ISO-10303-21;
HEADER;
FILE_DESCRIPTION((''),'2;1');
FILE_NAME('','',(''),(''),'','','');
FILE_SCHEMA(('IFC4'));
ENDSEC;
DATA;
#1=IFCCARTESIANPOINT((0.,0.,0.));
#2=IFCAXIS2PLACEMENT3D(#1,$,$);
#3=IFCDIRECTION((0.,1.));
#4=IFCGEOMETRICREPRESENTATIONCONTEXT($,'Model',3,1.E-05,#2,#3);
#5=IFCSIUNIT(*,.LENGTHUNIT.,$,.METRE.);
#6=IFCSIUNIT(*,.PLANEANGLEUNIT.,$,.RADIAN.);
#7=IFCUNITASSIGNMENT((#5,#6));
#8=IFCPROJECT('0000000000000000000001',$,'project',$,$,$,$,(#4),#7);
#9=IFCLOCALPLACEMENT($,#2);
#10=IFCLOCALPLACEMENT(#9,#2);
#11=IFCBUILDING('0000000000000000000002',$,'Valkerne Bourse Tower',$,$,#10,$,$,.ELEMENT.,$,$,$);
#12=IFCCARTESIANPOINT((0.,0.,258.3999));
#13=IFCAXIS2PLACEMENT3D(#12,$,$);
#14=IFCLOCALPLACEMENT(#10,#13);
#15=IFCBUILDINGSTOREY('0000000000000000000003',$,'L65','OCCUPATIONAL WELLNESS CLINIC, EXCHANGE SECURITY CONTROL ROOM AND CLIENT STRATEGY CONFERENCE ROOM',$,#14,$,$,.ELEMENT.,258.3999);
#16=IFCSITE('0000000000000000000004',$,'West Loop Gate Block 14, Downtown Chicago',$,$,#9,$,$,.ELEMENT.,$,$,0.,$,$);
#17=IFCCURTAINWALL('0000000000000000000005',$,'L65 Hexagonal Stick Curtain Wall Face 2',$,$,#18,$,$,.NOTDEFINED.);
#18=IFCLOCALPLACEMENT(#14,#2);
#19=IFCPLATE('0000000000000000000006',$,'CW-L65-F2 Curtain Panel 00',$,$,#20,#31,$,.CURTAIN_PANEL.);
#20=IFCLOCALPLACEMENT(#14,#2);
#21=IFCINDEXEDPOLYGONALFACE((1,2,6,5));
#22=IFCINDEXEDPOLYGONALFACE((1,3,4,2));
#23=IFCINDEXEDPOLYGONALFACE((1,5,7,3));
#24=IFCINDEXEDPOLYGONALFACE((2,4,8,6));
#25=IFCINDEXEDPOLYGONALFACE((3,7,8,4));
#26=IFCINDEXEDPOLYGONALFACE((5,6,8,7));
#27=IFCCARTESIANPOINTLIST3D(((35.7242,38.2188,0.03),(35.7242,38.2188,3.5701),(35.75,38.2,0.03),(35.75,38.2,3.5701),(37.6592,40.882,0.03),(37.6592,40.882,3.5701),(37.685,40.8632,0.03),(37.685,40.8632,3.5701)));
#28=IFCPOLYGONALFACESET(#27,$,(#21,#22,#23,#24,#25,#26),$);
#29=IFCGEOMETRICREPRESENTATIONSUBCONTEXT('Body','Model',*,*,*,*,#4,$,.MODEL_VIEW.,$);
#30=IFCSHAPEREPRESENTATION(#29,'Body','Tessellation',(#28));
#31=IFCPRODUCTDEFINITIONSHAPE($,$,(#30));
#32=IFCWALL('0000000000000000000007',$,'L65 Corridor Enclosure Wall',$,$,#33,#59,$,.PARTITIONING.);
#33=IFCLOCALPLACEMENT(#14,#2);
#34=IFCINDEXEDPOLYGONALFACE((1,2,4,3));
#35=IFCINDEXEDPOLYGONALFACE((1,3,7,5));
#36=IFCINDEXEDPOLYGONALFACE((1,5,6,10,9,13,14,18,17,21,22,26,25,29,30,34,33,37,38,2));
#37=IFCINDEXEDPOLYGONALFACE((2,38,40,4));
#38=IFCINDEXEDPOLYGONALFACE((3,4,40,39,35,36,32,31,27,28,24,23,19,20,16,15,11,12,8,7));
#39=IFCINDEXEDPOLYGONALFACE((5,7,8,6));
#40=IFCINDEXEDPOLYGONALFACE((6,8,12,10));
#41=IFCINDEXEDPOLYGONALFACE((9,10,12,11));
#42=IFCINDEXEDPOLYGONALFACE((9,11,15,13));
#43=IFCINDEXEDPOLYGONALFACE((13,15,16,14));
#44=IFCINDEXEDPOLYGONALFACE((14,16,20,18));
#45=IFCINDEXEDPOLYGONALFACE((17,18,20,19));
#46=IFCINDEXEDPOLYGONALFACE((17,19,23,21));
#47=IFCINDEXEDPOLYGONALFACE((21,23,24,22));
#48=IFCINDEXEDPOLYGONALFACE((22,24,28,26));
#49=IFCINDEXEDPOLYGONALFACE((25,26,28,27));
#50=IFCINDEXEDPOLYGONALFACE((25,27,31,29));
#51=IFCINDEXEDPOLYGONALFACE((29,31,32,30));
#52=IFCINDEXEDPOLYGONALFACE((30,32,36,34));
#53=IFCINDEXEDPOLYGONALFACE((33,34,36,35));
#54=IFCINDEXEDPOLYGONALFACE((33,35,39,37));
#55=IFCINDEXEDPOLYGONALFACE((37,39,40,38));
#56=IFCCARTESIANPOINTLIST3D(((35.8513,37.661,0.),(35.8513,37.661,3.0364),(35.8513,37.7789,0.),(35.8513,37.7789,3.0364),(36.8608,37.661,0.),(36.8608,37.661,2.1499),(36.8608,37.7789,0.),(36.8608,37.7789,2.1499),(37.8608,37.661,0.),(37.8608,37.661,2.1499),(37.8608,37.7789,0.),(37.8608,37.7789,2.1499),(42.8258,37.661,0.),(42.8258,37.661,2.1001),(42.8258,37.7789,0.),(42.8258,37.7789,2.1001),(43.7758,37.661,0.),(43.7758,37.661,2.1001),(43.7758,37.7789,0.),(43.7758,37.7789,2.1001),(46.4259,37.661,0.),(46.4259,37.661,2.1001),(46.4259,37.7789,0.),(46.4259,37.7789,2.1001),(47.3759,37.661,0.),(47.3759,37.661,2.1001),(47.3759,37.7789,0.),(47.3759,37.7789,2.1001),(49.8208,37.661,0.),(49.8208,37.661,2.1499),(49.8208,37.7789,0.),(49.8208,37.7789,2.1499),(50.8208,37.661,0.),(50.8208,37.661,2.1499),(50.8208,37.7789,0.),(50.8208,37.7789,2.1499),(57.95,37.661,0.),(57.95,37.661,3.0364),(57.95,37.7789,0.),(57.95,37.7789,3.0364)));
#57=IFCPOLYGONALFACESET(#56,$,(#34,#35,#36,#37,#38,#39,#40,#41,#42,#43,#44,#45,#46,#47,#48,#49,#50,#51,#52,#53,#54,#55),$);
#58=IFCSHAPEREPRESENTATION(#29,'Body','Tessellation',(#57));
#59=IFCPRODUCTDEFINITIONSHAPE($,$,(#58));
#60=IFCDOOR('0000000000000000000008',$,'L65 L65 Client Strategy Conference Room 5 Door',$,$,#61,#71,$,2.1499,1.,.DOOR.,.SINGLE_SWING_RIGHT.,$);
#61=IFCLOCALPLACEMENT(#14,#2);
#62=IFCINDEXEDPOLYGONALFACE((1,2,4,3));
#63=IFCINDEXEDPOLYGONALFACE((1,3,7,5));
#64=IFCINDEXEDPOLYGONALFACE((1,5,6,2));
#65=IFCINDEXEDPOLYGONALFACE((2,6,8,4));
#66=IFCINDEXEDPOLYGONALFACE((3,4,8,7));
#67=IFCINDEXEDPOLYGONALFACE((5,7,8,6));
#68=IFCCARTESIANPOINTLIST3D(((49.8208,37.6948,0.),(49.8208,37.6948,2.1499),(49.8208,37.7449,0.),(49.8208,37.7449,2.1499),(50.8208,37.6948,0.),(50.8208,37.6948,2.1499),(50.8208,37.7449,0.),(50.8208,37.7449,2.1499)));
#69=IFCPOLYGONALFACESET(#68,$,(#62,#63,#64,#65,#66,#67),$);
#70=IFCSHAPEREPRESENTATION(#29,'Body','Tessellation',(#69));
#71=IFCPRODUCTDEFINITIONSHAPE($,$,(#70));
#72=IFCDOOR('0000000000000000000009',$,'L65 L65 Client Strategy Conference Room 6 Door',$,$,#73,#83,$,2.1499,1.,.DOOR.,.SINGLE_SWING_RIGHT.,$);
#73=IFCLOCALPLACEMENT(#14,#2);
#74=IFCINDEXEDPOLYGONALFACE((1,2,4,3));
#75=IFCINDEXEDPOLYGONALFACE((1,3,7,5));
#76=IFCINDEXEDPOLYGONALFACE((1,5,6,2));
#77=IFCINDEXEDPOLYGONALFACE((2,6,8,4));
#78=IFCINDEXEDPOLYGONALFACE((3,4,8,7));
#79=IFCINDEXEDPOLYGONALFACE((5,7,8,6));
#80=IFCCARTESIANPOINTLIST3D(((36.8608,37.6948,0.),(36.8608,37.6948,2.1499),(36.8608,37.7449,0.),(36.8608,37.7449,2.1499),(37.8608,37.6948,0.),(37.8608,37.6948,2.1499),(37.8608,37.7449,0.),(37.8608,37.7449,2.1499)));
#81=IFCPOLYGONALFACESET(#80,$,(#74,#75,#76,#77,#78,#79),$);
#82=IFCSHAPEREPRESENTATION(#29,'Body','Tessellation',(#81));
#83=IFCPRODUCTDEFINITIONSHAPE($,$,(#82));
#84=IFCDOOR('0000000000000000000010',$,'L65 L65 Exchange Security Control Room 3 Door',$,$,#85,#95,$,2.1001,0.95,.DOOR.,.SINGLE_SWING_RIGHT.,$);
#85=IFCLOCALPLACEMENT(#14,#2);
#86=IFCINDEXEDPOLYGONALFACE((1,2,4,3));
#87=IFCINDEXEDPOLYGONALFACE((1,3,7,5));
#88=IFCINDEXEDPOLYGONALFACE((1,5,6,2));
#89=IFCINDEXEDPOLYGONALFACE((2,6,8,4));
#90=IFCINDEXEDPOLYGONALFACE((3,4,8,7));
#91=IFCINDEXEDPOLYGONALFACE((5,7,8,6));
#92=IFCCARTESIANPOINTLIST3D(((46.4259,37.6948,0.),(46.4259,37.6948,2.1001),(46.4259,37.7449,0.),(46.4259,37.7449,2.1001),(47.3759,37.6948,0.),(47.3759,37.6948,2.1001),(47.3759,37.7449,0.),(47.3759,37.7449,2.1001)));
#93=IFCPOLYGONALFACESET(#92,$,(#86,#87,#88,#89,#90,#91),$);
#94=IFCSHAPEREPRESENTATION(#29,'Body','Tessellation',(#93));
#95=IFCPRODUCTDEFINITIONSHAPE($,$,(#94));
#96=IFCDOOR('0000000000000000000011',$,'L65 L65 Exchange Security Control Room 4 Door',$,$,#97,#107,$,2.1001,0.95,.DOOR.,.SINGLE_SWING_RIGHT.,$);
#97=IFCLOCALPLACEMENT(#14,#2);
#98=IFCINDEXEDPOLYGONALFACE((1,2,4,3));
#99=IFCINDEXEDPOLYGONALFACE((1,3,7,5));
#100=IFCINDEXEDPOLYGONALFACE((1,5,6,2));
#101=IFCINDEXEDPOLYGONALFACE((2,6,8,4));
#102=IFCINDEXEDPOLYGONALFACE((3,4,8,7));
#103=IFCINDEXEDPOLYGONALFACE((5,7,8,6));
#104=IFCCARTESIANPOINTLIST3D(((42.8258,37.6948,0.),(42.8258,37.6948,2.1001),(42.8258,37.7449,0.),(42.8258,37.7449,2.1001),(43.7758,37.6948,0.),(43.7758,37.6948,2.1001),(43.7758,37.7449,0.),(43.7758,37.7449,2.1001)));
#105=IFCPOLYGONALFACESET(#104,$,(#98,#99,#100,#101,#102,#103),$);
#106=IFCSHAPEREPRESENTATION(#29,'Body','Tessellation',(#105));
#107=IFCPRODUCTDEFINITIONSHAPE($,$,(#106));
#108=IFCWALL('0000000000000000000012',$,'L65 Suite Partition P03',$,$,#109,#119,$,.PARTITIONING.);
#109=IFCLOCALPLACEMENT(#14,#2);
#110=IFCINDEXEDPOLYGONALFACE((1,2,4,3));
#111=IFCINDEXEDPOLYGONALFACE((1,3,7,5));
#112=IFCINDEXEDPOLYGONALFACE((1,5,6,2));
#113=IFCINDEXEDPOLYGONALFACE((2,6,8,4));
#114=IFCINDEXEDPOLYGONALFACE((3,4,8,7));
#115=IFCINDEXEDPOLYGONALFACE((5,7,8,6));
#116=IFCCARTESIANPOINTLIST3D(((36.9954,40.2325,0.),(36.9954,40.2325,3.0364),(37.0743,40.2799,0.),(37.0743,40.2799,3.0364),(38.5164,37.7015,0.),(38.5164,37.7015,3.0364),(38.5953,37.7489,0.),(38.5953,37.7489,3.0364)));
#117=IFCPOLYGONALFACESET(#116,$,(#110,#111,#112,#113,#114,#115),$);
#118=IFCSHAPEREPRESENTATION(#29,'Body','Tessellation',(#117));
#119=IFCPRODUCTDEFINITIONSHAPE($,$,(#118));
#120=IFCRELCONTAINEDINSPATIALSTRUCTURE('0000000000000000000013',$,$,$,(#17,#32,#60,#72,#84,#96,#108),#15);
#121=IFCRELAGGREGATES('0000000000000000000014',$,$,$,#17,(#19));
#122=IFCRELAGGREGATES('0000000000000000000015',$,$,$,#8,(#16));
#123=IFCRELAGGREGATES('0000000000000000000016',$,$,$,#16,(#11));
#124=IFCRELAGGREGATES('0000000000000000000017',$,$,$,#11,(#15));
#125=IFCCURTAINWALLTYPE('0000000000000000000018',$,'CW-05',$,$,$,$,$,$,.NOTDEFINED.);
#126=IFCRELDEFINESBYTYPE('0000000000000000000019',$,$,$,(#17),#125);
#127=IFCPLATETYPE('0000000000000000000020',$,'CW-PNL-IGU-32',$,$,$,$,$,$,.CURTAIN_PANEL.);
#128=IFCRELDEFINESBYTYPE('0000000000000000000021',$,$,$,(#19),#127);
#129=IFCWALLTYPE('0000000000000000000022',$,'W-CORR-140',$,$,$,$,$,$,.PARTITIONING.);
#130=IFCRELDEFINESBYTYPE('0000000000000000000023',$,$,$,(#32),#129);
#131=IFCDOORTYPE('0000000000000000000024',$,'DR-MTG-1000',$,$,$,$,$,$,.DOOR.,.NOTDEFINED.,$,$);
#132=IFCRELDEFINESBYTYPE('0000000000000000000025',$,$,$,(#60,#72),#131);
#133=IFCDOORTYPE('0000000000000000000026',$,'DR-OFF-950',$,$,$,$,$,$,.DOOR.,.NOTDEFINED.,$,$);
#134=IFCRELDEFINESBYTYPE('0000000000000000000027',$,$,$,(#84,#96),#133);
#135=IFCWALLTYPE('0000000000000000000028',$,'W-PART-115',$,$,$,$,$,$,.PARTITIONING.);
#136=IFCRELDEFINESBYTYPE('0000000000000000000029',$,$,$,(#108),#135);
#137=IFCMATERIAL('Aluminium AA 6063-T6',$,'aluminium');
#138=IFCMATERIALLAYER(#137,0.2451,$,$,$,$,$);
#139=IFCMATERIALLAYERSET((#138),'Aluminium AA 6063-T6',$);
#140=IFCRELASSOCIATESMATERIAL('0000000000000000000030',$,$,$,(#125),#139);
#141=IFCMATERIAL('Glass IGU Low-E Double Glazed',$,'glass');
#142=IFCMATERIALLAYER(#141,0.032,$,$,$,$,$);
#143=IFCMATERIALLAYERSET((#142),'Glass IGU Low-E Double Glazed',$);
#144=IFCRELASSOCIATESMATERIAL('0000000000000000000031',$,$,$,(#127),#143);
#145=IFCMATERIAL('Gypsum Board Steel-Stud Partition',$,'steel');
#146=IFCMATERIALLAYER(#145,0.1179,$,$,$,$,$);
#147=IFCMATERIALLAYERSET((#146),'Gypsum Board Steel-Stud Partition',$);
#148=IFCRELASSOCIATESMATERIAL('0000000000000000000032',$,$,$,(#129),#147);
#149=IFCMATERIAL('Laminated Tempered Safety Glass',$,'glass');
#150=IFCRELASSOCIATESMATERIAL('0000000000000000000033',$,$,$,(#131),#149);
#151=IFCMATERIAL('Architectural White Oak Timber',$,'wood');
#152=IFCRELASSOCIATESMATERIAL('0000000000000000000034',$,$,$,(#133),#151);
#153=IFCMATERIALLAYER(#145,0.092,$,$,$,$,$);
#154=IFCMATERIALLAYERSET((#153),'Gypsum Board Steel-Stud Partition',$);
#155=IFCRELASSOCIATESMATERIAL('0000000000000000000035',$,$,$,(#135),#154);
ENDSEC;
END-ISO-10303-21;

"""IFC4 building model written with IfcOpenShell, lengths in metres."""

from ifc_helpers import new_model, si_unit, direction, frame, frame_2d, origin, origin_2d, place, context, subcontext, project, spatial, rectangle, extrude, material, layer, layer_set, type_object, element, fill, aggregate, save


model = new_model("IFC4")

# Units and contexts
model_context = context("Model", 3, precision=1e-05, world=origin(), true_north=direction((0.0, 1.0)))
body_context = subcontext(model_context, "Body", "Model", "MODEL_VIEW")
ifc_project = project(units=[si_unit("LENGTHUNIT", "METRE"), si_unit("PLANEANGLEUNIT", "RADIAN")], contexts=[model_context])

# Site, building, storey
site_placement = place(None, origin())
site = spatial("IfcSite", under=ifc_project, at=site_placement, Name="West Loop Gate Block 14, Downtown Chicago", CompositionType="ELEMENT", RefElevation=0.0)
building_placement = place(site_placement, origin())
building = spatial("IfcBuilding", under=site, at=building_placement, Name="Valkerne Bourse Tower", CompositionType="ELEMENT")
storey_placement = place(building_placement, frame((0.0, 0.0, 258.3999)))
storey = spatial("IfcBuildingStorey", under=building, at=storey_placement, Name="L65", Description="OCCUPATIONAL WELLNESS CLINIC, EXCHANGE SECURITY CONTROL ROOM AND CLIENT STRATEGY CONFERENCE ROOM", CompositionType="ELEMENT", Elevation=258.3999)

# Curtain wall
ifc_material_1 = material(Name="Aluminium AA 6063-T6", Category="aluminium")
ifc_layer_1 = layer(ifc_material_1, 0.2451)
ifc_layer_set_1 = layer_set([ifc_layer_1], Name="Aluminium AA 6063-T6")
curtain_wall_type = type_object("IfcCurtainWallType", Name="CW-05", PredefinedType="NOTDEFINED", material=ifc_layer_set_1)
curtain_wall_placement = place(storey_placement, origin())
curtain_wall = element("IfcCurtainWall", 1, at=curtain_wall_placement, inside=storey, type_object=curtain_wall_type, Name="L65 Hexagonal Stick Curtain Wall Face 2", PredefinedType="NOTDEFINED")

# Plate
ifc_material_2 = material(Name="Glass IGU Low-E Double Glazed", Category="glass")
ifc_layer_2 = layer(ifc_material_2, 0.032)
ifc_layer_set_2 = layer_set([ifc_layer_2], Name="Glass IGU Low-E Double Glazed")
plate_type = type_object("IfcPlateType", Name="CW-PNL-IGU-32", PredefinedType="CURTAIN_PANEL", material=ifc_layer_set_2)
plate_placement = place(storey_placement, frame((36.7046, 39.541, 0.03), z_axis=(0.0, 0.0, 1.0), x_axis=(-0.58779, -0.809013, 0.0)))
plate = element("IfcPlate", 2, at=plate_placement, type_object=plate_type, Name="CW-L65-F2 Curtain Panel 00", PredefinedType="CURTAIN_PANEL", context=body_context, shape_type="SweptSolid", body=[
    extrude(rectangle(XDim=3.292, YDim=0.032, at=origin_2d()), origin(), (0.0, 0.0, 1.0), 3.54),
])
aggregate(curtain_wall, [plate])

# Wall, openings, doors
ifc_material_3 = material(Name="Gypsum Board Steel-Stud Partition", Category="steel")
ifc_layer_3 = layer(ifc_material_3, 0.1179)
ifc_layer_set_3 = layer_set([ifc_layer_3], Name="Gypsum Board Steel-Stud Partition")
wall_type_1 = type_object("IfcWallType", Name="W-CORR-140", PredefinedType="PARTITIONING", material=ifc_layer_set_3)
wall_1_placement = place(storey_placement, frame((35.8513, 37.72, 0.0), z_axis=(0.0, 0.0, 1.0), x_axis=(1.0, 0.0, 0.0)))
wall_1 = element("IfcWall", 3, at=wall_1_placement, inside=storey, type_object=wall_type_1, Name="L65 Corridor Enclosure Wall", PredefinedType="PARTITIONING", context=body_context, shape_type="SweptSolid", body=[
    extrude(rectangle(XDim=22.0986, YDim=0.1179, at=frame_2d((11.0493, 0.0))), origin(), (0.0, 0.0, 1.0), 3.0364),
])
opening_1_placement = place(wall_1_placement, frame((10.5745, 0.0, 0.0)))
opening_1 = element("IfcOpeningElement", 4, at=opening_1_placement, cuts=wall_1, PredefinedType="OPENING", context=body_context, shape_type="SweptSolid", body=[
    extrude(rectangle(XDim=0.95, YDim=2.1001, at=frame_2d((0.4751, 1.05))), frame((0.0, 0.0688, 0.0), z_axis=(0.0, -1.0, 0.0), x_axis=(1.0, 0.0, 0.0)), (0.0, 0.0, 1.0), 0.1379),
])
opening_2_placement = place(wall_1_placement, frame((6.9744, 0.0, 0.0)))
opening_2 = element("IfcOpeningElement", 5, at=opening_2_placement, cuts=wall_1, PredefinedType="OPENING", context=body_context, shape_type="SweptSolid", body=[
    extrude(rectangle(XDim=0.95, YDim=2.1001, at=frame_2d((0.4751, 1.05))), frame((0.0, 0.0688, 0.0), z_axis=(0.0, -1.0, 0.0), x_axis=(1.0, 0.0, 0.0)), (0.0, 0.0, 1.0), 0.1379),
])
opening_3_placement = place(wall_1_placement, frame((13.9695, 0.0, 0.0)))
opening_3 = element("IfcOpeningElement", 6, at=opening_3_placement, cuts=wall_1, PredefinedType="OPENING", context=body_context, shape_type="SweptSolid", body=[
    extrude(rectangle(XDim=1.0, YDim=2.1499, at=frame_2d((0.5, 1.075))), frame((0.0, 0.0688, 0.0), z_axis=(0.0, -1.0, 0.0), x_axis=(1.0, 0.0, 0.0)), (0.0, 0.0, 1.0), 0.1379),
])
opening_4_placement = place(wall_1_placement, frame((1.0095, 0.0, 0.0)))
opening_4 = element("IfcOpeningElement", 7, at=opening_4_placement, cuts=wall_1, PredefinedType="OPENING", context=body_context, shape_type="SweptSolid", body=[
    extrude(rectangle(XDim=1.0, YDim=2.1499, at=frame_2d((0.5, 1.075))), frame((0.0, 0.0688, 0.0), z_axis=(0.0, -1.0, 0.0), x_axis=(1.0, 0.0, 0.0)), (0.0, 0.0, 1.0), 0.1379),
])
ifc_material_4 = material(Name="Laminated Tempered Safety Glass", Category="glass")
door_type_1 = type_object("IfcDoorType", Name="DR-MTG-1000", OperationType="NOTDEFINED", PredefinedType="DOOR", material=ifc_material_4)
door_1_placement = place(opening_3_placement, origin())
door_1 = element("IfcDoor", 8, at=door_1_placement, inside=storey, type_object=door_type_1, Name="L65 L65 Client Strategy Conference Room 5 Door", OperationType="SINGLE_SWING_RIGHT", OverallHeight=2.1499, OverallWidth=1.0, PredefinedType="DOOR", context=body_context, shape_type="SweptSolid", body=[
    extrude(rectangle(XDim=1.0, YDim=2.1499, at=frame_2d((0.5, 1.075))), frame((0.0, 0.0249, 0.0), z_axis=(0.0, -1.0, 0.0), x_axis=(1.0, 0.0, 0.0)), (0.0, 0.0, 1.0), 0.05),
])
fill(opening_3, door_1)
door_2_placement = place(opening_4_placement, origin())
door_2 = element("IfcDoor", 9, at=door_2_placement, inside=storey, type_object=door_type_1, Name="L65 L65 Client Strategy Conference Room 6 Door", OperationType="SINGLE_SWING_RIGHT", OverallHeight=2.1499, OverallWidth=1.0, PredefinedType="DOOR", context=body_context, shape_type="SweptSolid", body=[
    extrude(rectangle(XDim=1.0, YDim=2.1499, at=frame_2d((0.5, 1.075))), frame((0.0, 0.0249, 0.0), z_axis=(0.0, -1.0, 0.0), x_axis=(1.0, 0.0, 0.0)), (0.0, 0.0, 1.0), 0.05),
])
fill(opening_4, door_2)
ifc_material_5 = material(Name="Architectural White Oak Timber", Category="wood")
door_type_2 = type_object("IfcDoorType", Name="DR-OFF-950", OperationType="NOTDEFINED", PredefinedType="DOOR", material=ifc_material_5)
door_3_placement = place(opening_1_placement, origin())
door_3 = element("IfcDoor", 10, at=door_3_placement, inside=storey, type_object=door_type_2, Name="L65 L65 Exchange Security Control Room 3 Door", OperationType="SINGLE_SWING_RIGHT", OverallHeight=2.1001, OverallWidth=0.95, PredefinedType="DOOR", context=body_context, shape_type="SweptSolid", body=[
    extrude(rectangle(XDim=0.95, YDim=2.1001, at=frame_2d((0.4751, 1.05))), frame((0.0, 0.0249, 0.0), z_axis=(0.0, -1.0, 0.0), x_axis=(1.0, 0.0, 0.0)), (0.0, 0.0, 1.0), 0.05),
])
fill(opening_1, door_3)
door_4_placement = place(opening_2_placement, origin())
door_4 = element("IfcDoor", 11, at=door_4_placement, inside=storey, type_object=door_type_2, Name="L65 L65 Exchange Security Control Room 4 Door", OperationType="SINGLE_SWING_RIGHT", OverallHeight=2.1001, OverallWidth=0.95, PredefinedType="DOOR", context=body_context, shape_type="SweptSolid", body=[
    extrude(rectangle(XDim=0.95, YDim=2.1001, at=frame_2d((0.4751, 1.05))), frame((0.0, 0.0249, 0.0), z_axis=(0.0, -1.0, 0.0), x_axis=(1.0, 0.0, 0.0)), (0.0, 0.0, 1.0), 0.05),
])
fill(opening_2, door_4)

# Wall
ifc_layer_4 = layer(ifc_material_3, 0.092)
ifc_layer_set_4 = layer_set([ifc_layer_4], Name="Gypsum Board Steel-Stud Partition")
wall_type_2 = type_object("IfcWallType", Name="W-PART-115", PredefinedType="PARTITIONING", material=ifc_layer_set_4)
wall_2_placement = place(storey_placement, frame((38.5559, 37.7251, 0.0), z_axis=(0.0, 0.0, 1.0), x_axis=(-0.515091, 0.857135, 0.0)))
element("IfcWall", 12, at=wall_2_placement, inside=storey, type_object=wall_type_2, Name="L65 Suite Partition P03", PredefinedType="PARTITIONING", context=body_context, shape_type="SweptSolid", body=[
    extrude(rectangle(XDim=2.9529, YDim=0.092, at=frame_2d((1.4766, 0.0))), origin(), (0.0, 0.0, 1.0), 3.0364),
])

save(model, "model.ifc")
